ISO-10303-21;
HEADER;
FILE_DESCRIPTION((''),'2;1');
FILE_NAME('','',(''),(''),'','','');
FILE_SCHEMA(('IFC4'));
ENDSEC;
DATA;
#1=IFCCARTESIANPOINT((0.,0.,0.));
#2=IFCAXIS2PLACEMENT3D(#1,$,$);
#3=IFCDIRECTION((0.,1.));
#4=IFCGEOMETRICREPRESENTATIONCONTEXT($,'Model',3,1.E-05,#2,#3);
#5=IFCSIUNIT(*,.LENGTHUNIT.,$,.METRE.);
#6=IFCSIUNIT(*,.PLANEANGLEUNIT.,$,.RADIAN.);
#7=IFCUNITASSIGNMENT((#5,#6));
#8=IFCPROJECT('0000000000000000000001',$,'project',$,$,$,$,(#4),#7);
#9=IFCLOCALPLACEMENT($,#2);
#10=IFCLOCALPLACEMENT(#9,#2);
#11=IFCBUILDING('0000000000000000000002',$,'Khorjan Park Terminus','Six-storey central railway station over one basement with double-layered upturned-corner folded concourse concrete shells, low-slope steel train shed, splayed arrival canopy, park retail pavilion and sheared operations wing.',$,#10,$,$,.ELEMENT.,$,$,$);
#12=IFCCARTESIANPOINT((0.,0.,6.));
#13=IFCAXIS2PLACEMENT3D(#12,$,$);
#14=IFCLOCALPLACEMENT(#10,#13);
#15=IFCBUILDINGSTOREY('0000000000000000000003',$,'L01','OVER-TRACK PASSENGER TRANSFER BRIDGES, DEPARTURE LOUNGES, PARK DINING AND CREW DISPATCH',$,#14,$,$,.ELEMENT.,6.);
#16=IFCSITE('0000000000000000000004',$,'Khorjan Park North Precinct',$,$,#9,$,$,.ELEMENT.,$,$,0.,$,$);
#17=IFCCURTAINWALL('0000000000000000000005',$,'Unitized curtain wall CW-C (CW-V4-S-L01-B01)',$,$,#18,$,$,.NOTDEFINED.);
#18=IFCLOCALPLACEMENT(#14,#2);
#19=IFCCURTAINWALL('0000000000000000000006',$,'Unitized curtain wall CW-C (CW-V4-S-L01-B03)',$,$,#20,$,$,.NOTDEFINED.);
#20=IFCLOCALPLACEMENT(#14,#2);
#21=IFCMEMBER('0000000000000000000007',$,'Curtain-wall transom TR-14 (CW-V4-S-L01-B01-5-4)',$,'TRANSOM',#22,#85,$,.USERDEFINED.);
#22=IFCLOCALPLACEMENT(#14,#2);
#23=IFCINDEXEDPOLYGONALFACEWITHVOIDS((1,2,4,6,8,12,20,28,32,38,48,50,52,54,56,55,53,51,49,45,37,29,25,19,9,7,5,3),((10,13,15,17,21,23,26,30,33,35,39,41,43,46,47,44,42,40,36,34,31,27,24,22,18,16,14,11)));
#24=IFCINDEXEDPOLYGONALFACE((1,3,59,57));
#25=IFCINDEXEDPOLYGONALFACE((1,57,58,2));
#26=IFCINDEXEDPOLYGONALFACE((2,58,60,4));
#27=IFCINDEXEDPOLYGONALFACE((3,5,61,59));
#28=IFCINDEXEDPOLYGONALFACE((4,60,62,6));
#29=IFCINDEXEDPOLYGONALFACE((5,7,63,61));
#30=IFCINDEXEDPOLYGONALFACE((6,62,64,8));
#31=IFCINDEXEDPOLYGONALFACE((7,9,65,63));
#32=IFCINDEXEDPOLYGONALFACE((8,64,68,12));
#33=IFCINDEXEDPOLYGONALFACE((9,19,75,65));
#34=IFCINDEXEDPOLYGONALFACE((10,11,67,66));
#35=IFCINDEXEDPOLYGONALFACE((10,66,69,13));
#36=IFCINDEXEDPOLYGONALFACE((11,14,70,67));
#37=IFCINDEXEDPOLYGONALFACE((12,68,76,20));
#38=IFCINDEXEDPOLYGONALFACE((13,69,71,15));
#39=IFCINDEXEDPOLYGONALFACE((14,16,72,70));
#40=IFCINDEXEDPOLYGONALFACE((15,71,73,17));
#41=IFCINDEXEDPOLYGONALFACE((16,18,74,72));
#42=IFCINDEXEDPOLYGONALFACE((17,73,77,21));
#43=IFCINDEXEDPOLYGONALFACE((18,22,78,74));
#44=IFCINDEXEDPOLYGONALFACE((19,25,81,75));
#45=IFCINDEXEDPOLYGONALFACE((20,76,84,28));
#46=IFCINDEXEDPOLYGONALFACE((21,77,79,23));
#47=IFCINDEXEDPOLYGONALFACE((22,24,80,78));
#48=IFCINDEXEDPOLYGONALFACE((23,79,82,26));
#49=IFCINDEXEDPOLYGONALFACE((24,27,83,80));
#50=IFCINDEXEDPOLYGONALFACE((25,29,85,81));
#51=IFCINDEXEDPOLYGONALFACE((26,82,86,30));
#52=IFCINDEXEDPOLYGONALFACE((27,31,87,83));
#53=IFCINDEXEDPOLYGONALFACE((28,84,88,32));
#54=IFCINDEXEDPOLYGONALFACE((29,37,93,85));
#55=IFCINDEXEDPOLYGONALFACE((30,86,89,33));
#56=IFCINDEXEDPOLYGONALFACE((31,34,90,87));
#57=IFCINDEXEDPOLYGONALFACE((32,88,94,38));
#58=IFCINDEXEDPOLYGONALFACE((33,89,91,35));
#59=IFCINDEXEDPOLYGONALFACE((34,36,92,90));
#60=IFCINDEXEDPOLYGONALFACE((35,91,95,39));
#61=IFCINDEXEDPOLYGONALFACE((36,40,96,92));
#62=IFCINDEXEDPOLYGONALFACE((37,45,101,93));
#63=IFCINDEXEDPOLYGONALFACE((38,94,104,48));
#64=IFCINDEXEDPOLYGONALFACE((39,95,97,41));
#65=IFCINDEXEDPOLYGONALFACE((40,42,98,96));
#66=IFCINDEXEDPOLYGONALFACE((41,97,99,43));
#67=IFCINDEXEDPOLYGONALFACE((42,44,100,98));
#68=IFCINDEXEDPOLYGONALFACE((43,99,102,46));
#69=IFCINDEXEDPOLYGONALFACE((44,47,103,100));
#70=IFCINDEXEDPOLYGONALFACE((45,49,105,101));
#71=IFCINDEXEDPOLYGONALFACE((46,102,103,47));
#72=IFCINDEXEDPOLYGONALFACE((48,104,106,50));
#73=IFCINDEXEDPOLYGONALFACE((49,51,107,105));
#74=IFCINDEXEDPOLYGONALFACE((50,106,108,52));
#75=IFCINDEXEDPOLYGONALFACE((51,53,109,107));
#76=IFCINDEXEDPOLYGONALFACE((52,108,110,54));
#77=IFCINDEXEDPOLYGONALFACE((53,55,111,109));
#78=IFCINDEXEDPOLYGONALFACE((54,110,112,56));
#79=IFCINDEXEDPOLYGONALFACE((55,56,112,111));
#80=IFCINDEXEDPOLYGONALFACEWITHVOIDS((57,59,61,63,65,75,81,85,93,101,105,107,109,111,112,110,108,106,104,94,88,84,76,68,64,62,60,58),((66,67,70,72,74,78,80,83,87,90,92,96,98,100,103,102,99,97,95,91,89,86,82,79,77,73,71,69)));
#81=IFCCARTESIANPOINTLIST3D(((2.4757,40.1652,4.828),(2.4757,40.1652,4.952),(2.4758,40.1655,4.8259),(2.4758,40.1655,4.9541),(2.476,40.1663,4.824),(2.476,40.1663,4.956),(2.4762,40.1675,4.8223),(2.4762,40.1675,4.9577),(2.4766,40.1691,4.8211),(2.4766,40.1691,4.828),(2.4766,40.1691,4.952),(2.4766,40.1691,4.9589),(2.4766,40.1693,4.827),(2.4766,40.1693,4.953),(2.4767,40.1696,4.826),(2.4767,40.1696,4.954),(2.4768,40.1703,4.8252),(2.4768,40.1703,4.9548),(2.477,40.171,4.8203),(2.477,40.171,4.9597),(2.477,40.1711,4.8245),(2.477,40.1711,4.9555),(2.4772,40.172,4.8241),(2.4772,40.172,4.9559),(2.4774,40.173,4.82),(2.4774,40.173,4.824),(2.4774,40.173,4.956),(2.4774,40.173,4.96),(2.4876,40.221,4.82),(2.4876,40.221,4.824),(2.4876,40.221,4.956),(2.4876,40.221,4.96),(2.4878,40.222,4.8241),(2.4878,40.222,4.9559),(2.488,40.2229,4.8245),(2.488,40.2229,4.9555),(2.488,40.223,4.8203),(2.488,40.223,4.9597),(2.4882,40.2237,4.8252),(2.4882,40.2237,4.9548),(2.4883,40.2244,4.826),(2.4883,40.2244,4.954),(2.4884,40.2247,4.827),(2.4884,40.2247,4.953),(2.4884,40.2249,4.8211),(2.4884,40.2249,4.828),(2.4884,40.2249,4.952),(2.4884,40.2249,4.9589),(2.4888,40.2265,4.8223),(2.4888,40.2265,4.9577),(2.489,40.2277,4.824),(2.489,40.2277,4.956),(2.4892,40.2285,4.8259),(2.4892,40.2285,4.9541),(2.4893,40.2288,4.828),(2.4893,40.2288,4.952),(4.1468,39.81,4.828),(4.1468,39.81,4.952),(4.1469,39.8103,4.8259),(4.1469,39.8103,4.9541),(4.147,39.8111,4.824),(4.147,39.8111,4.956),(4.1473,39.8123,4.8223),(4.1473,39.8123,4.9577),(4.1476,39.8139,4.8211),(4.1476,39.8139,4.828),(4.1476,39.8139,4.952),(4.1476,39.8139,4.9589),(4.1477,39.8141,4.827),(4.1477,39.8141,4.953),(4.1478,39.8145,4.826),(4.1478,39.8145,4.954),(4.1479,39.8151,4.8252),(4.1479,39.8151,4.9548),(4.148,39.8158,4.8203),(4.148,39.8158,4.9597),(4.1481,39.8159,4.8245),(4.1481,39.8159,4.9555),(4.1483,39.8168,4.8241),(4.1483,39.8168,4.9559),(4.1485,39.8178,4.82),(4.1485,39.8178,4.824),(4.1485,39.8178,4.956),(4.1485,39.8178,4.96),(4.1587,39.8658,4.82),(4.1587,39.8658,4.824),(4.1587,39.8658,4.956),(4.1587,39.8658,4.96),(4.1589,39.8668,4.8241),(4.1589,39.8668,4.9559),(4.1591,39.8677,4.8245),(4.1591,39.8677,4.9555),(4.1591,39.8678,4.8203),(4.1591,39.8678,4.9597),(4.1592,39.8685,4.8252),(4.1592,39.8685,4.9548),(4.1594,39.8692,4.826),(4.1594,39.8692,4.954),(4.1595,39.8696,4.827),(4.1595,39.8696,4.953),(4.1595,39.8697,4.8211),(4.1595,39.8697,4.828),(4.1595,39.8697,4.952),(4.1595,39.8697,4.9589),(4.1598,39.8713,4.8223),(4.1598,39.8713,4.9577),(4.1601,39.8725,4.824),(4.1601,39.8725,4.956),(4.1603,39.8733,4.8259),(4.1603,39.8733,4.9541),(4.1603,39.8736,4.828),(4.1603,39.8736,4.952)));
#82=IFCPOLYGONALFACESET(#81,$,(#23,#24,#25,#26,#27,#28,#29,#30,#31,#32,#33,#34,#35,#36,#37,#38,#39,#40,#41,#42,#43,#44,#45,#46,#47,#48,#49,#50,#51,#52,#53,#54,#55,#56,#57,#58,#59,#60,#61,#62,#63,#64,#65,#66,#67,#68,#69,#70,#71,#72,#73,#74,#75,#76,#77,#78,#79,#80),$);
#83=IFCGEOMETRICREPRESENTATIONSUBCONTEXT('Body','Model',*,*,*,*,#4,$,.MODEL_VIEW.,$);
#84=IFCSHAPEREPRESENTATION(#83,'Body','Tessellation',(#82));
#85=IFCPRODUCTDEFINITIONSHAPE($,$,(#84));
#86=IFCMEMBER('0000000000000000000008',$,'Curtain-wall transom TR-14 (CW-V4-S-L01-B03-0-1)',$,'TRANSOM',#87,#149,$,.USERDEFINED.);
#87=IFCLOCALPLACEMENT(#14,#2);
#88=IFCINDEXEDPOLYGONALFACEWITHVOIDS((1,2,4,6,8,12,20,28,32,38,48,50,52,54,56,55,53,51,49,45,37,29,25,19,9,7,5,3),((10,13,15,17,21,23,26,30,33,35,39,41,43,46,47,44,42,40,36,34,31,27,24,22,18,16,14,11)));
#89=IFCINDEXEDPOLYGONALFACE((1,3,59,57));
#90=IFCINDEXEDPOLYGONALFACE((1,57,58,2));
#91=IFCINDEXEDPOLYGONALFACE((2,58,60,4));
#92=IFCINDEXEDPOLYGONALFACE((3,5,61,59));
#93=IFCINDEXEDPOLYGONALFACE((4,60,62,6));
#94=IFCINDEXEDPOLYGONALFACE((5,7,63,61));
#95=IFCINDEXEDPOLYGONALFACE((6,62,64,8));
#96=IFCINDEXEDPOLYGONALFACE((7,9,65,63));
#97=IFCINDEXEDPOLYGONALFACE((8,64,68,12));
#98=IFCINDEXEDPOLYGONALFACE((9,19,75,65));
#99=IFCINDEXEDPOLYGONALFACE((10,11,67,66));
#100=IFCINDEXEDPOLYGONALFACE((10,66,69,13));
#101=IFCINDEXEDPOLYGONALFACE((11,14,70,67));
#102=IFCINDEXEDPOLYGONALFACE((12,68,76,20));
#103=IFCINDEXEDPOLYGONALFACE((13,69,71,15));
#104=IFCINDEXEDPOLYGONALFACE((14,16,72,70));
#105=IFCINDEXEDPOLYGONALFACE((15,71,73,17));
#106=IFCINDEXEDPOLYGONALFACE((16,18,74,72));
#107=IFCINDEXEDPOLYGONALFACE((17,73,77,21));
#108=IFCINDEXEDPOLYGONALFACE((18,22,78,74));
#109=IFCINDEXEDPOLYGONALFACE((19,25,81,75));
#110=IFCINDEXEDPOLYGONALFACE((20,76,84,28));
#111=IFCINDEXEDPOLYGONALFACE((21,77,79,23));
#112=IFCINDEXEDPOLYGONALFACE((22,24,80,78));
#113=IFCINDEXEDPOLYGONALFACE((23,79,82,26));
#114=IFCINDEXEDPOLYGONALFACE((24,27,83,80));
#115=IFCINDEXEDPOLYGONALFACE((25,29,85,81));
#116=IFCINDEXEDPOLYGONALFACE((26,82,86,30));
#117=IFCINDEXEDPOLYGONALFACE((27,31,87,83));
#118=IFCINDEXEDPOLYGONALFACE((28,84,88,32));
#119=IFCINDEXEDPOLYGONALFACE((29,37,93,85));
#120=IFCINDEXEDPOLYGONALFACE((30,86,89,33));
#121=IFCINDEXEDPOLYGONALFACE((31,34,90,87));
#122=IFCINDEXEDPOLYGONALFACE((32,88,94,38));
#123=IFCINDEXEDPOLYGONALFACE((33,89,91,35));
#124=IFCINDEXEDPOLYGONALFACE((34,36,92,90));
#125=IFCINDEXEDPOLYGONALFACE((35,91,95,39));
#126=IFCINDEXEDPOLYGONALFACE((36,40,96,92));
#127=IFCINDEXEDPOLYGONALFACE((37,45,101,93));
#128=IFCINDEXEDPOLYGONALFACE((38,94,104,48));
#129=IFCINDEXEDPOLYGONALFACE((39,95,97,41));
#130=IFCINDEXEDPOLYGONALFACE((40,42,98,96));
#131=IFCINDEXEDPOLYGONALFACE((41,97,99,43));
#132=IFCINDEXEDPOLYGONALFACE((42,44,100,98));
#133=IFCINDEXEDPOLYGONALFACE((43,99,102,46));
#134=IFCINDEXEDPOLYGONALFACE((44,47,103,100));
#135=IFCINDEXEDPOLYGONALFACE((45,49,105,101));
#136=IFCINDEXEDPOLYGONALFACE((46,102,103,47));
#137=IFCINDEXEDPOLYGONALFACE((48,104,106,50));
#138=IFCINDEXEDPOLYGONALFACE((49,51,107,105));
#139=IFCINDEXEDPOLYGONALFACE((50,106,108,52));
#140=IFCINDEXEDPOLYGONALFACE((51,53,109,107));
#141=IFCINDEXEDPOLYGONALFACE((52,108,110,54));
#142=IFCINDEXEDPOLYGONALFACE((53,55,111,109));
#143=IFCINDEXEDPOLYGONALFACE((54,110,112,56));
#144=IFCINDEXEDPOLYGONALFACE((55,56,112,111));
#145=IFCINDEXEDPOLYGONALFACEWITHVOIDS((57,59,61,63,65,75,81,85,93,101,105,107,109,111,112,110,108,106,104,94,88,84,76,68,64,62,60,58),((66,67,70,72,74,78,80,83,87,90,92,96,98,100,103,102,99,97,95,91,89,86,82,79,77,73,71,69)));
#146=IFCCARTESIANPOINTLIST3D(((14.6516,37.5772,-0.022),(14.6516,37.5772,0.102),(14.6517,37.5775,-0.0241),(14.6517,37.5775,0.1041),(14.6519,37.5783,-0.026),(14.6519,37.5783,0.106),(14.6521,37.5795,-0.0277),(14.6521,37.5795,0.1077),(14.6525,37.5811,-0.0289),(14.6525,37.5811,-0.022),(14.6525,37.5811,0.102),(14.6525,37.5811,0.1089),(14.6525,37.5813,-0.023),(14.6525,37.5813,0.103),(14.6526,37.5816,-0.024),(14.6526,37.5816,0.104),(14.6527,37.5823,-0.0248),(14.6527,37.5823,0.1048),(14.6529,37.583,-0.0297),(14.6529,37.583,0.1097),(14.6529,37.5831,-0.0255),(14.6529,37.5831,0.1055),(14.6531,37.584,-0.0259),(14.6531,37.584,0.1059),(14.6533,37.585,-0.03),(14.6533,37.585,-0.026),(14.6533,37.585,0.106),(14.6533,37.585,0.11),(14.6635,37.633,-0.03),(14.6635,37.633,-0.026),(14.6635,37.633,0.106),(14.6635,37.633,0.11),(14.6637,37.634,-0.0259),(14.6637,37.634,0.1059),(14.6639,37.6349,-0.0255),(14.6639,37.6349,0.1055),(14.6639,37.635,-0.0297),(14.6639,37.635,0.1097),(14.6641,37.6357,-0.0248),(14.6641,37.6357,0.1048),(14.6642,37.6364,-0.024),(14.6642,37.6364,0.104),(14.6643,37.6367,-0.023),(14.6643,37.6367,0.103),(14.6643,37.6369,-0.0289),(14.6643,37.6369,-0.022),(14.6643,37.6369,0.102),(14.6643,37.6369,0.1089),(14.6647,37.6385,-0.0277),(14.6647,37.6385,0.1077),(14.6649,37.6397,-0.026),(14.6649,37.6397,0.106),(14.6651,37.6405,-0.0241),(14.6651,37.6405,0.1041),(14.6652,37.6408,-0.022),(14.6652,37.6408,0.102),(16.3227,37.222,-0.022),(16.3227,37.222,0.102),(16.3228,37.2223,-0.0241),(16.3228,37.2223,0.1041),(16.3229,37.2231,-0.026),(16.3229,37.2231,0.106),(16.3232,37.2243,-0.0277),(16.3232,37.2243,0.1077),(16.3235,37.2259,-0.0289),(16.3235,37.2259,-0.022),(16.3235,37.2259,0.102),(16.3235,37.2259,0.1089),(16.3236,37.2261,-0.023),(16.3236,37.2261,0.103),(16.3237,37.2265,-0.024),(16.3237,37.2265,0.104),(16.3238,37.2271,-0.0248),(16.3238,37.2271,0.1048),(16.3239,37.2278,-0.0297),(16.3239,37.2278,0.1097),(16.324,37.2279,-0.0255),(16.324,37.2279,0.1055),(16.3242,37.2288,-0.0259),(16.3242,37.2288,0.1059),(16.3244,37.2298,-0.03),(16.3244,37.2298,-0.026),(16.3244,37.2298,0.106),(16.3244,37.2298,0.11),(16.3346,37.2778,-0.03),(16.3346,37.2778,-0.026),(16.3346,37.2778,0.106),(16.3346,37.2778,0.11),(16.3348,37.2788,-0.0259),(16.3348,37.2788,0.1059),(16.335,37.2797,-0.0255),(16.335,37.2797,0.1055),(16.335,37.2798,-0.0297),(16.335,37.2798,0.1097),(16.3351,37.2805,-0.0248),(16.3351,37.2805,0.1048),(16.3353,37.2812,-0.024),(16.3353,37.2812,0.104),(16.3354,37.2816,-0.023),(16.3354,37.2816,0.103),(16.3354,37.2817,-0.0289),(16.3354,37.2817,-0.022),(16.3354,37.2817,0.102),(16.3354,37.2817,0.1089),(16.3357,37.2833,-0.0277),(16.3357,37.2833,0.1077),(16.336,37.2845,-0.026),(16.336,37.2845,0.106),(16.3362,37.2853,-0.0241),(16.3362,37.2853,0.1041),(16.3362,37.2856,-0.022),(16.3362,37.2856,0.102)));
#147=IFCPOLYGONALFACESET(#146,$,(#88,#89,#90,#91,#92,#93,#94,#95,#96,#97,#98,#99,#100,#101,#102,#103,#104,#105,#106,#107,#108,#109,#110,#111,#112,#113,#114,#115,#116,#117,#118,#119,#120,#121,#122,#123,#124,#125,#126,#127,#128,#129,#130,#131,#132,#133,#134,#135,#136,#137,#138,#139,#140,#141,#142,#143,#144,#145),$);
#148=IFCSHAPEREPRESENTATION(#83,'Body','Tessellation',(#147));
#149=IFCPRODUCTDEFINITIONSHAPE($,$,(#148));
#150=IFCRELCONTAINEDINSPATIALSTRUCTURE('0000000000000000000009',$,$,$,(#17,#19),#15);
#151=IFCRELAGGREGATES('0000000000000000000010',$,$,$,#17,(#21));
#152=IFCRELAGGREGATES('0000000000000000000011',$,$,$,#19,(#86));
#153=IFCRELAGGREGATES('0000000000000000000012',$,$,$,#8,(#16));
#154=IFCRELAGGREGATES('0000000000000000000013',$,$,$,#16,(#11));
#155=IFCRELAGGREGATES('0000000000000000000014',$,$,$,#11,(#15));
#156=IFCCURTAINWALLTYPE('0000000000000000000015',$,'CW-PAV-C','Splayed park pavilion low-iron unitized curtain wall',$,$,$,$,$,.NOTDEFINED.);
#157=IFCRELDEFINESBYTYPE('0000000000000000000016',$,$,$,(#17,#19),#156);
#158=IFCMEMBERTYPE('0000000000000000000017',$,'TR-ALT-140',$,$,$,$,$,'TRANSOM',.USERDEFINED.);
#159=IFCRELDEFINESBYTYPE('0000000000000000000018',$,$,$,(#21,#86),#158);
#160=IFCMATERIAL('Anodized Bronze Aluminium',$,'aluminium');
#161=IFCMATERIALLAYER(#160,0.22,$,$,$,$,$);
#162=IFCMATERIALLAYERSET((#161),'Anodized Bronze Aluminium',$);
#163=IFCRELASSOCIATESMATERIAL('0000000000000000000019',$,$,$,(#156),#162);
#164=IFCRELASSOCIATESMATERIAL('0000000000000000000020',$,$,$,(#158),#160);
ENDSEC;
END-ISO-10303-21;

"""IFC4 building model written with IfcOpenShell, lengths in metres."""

from ifc_helpers import new_model, si_unit, direction, frame, origin, origin_2d, place, context, subcontext, project, spatial, hollow_rectangle, extrude, material, layer, layer_set, material_profile, profile_set, type_object, element, aggregate, save


model = new_model("IFC4")

# Units and contexts
model_context = context("Model", 3, precision=1e-05, world=origin(), true_north=direction((0.0, 1.0)))
body_context = subcontext(model_context, "Body", "Model", "MODEL_VIEW")
ifc_project = project(units=[si_unit("LENGTHUNIT", "METRE"), si_unit("PLANEANGLEUNIT", "RADIAN")], contexts=[model_context])

# Site, building, storey
site_placement = place(None, origin())
site = spatial("IfcSite", under=ifc_project, at=site_placement, Name="Khorjan Park North Precinct", CompositionType="ELEMENT", RefElevation=0.0)
building_placement = place(site_placement, origin())
building = spatial("IfcBuilding", under=site, at=building_placement, Name="Khorjan Park Terminus", Description="Six-storey central railway station over one basement with double-layered upturned-corner folded concourse concrete shells, low-slope steel train shed, splayed arrival canopy, park retail pavilion and sheared operations wing.", CompositionType="ELEMENT")
storey_placement = place(building_placement, frame((0.0, 0.0, 6.0)))
storey = spatial("IfcBuildingStorey", under=building, at=storey_placement, Name="L01", Description="OVER-TRACK PASSENGER TRANSFER BRIDGES, DEPARTURE LOUNGES, PARK DINING AND CREW DISPATCH", CompositionType="ELEMENT", Elevation=6.0)

# Curtain wall
ifc_material_1 = material(Name="Anodized Bronze Aluminium", Category="aluminium")
ifc_layer_1 = layer(ifc_material_1, 0.22)
ifc_layer_set_1 = layer_set([ifc_layer_1], Name="Anodized Bronze Aluminium")
curtain_wall_type = type_object("IfcCurtainWallType", Name="CW-PAV-C", Description="Splayed park pavilion low-iron unitized curtain wall", PredefinedType="NOTDEFINED", material=ifc_layer_set_1)
curtain_wall_1_placement = place(storey_placement, origin())
curtain_wall_1 = element("IfcCurtainWall", 1, at=curtain_wall_1_placement, inside=storey, type_object=curtain_wall_type, Name="Unitized curtain wall CW-C (CW-V4-S-L01-B01)", PredefinedType="NOTDEFINED")

# Curtain wall
curtain_wall_2_placement = place(storey_placement, origin())
curtain_wall_2 = element("IfcCurtainWall", 2, at=curtain_wall_2_placement, inside=storey, type_object=curtain_wall_type, Name="Unitized curtain wall CW-C (CW-V4-S-L01-B03)", PredefinedType="NOTDEFINED")

# Members
ifc_material_profile_1 = material_profile(ifc_material_1, hollow_rectangle(XDim=0.065, YDim=0.14, WallThickness=0.004, InnerFilletRadius=0.004, OuterFilletRadius=0.008, at=origin_2d()), Name="ALT 65x140x4")
ifc_profile_set_1 = profile_set([ifc_material_profile_1], Name="Anodized Bronze Aluminium")
member_type_1 = type_object("IfcMemberType", Name="TR-ALT-140", ElementType="TRANSOM", PredefinedType="USERDEFINED", material=ifc_profile_set_1)
member_1_placement = place(storey_placement, frame((2.4825, 40.197, 4.89), z_axis=(0.978148, -0.20791, 0.0), x_axis=(0.20791, 0.978148, 0.0)))
member_1 = element("IfcMember", 3, at=member_1_placement, type_object=member_type_1, Name="Curtain-wall transom TR-14 (CW-V4-S-L01-B01-5-4)", ObjectType="TRANSOM", PredefinedType="USERDEFINED", context=body_context, shape_type="SweptSolid", body=[
    extrude(hollow_rectangle(XDim=0.065, YDim=0.14, WallThickness=0.004, InnerFilletRadius=0.004, OuterFilletRadius=0.008, at=origin_2d()), origin(), (0.0, 0.0, 1.0), 1.7084),
])
member_2_placement = place(storey_placement, frame((14.6584, 37.609, 0.04), z_axis=(0.978148, -0.20791, 0.0), x_axis=(0.20791, 0.978148, 0.0)))
member_2 = element("IfcMember", 4, at=member_2_placement, type_object=member_type_1, Name="Curtain-wall transom TR-14 (CW-V4-S-L01-B03-0-1)", ObjectType="TRANSOM", PredefinedType="USERDEFINED", context=body_context, shape_type="SweptSolid", body=[
    extrude(hollow_rectangle(XDim=0.065, YDim=0.14, WallThickness=0.004, InnerFilletRadius=0.004, OuterFilletRadius=0.008, at=origin_2d()), origin(), (0.0, 0.0, 1.0), 1.7084),
])

aggregate(curtain_wall_1, [member_1])
aggregate(curtain_wall_2, [member_2])

save(model, "model.ifc")
